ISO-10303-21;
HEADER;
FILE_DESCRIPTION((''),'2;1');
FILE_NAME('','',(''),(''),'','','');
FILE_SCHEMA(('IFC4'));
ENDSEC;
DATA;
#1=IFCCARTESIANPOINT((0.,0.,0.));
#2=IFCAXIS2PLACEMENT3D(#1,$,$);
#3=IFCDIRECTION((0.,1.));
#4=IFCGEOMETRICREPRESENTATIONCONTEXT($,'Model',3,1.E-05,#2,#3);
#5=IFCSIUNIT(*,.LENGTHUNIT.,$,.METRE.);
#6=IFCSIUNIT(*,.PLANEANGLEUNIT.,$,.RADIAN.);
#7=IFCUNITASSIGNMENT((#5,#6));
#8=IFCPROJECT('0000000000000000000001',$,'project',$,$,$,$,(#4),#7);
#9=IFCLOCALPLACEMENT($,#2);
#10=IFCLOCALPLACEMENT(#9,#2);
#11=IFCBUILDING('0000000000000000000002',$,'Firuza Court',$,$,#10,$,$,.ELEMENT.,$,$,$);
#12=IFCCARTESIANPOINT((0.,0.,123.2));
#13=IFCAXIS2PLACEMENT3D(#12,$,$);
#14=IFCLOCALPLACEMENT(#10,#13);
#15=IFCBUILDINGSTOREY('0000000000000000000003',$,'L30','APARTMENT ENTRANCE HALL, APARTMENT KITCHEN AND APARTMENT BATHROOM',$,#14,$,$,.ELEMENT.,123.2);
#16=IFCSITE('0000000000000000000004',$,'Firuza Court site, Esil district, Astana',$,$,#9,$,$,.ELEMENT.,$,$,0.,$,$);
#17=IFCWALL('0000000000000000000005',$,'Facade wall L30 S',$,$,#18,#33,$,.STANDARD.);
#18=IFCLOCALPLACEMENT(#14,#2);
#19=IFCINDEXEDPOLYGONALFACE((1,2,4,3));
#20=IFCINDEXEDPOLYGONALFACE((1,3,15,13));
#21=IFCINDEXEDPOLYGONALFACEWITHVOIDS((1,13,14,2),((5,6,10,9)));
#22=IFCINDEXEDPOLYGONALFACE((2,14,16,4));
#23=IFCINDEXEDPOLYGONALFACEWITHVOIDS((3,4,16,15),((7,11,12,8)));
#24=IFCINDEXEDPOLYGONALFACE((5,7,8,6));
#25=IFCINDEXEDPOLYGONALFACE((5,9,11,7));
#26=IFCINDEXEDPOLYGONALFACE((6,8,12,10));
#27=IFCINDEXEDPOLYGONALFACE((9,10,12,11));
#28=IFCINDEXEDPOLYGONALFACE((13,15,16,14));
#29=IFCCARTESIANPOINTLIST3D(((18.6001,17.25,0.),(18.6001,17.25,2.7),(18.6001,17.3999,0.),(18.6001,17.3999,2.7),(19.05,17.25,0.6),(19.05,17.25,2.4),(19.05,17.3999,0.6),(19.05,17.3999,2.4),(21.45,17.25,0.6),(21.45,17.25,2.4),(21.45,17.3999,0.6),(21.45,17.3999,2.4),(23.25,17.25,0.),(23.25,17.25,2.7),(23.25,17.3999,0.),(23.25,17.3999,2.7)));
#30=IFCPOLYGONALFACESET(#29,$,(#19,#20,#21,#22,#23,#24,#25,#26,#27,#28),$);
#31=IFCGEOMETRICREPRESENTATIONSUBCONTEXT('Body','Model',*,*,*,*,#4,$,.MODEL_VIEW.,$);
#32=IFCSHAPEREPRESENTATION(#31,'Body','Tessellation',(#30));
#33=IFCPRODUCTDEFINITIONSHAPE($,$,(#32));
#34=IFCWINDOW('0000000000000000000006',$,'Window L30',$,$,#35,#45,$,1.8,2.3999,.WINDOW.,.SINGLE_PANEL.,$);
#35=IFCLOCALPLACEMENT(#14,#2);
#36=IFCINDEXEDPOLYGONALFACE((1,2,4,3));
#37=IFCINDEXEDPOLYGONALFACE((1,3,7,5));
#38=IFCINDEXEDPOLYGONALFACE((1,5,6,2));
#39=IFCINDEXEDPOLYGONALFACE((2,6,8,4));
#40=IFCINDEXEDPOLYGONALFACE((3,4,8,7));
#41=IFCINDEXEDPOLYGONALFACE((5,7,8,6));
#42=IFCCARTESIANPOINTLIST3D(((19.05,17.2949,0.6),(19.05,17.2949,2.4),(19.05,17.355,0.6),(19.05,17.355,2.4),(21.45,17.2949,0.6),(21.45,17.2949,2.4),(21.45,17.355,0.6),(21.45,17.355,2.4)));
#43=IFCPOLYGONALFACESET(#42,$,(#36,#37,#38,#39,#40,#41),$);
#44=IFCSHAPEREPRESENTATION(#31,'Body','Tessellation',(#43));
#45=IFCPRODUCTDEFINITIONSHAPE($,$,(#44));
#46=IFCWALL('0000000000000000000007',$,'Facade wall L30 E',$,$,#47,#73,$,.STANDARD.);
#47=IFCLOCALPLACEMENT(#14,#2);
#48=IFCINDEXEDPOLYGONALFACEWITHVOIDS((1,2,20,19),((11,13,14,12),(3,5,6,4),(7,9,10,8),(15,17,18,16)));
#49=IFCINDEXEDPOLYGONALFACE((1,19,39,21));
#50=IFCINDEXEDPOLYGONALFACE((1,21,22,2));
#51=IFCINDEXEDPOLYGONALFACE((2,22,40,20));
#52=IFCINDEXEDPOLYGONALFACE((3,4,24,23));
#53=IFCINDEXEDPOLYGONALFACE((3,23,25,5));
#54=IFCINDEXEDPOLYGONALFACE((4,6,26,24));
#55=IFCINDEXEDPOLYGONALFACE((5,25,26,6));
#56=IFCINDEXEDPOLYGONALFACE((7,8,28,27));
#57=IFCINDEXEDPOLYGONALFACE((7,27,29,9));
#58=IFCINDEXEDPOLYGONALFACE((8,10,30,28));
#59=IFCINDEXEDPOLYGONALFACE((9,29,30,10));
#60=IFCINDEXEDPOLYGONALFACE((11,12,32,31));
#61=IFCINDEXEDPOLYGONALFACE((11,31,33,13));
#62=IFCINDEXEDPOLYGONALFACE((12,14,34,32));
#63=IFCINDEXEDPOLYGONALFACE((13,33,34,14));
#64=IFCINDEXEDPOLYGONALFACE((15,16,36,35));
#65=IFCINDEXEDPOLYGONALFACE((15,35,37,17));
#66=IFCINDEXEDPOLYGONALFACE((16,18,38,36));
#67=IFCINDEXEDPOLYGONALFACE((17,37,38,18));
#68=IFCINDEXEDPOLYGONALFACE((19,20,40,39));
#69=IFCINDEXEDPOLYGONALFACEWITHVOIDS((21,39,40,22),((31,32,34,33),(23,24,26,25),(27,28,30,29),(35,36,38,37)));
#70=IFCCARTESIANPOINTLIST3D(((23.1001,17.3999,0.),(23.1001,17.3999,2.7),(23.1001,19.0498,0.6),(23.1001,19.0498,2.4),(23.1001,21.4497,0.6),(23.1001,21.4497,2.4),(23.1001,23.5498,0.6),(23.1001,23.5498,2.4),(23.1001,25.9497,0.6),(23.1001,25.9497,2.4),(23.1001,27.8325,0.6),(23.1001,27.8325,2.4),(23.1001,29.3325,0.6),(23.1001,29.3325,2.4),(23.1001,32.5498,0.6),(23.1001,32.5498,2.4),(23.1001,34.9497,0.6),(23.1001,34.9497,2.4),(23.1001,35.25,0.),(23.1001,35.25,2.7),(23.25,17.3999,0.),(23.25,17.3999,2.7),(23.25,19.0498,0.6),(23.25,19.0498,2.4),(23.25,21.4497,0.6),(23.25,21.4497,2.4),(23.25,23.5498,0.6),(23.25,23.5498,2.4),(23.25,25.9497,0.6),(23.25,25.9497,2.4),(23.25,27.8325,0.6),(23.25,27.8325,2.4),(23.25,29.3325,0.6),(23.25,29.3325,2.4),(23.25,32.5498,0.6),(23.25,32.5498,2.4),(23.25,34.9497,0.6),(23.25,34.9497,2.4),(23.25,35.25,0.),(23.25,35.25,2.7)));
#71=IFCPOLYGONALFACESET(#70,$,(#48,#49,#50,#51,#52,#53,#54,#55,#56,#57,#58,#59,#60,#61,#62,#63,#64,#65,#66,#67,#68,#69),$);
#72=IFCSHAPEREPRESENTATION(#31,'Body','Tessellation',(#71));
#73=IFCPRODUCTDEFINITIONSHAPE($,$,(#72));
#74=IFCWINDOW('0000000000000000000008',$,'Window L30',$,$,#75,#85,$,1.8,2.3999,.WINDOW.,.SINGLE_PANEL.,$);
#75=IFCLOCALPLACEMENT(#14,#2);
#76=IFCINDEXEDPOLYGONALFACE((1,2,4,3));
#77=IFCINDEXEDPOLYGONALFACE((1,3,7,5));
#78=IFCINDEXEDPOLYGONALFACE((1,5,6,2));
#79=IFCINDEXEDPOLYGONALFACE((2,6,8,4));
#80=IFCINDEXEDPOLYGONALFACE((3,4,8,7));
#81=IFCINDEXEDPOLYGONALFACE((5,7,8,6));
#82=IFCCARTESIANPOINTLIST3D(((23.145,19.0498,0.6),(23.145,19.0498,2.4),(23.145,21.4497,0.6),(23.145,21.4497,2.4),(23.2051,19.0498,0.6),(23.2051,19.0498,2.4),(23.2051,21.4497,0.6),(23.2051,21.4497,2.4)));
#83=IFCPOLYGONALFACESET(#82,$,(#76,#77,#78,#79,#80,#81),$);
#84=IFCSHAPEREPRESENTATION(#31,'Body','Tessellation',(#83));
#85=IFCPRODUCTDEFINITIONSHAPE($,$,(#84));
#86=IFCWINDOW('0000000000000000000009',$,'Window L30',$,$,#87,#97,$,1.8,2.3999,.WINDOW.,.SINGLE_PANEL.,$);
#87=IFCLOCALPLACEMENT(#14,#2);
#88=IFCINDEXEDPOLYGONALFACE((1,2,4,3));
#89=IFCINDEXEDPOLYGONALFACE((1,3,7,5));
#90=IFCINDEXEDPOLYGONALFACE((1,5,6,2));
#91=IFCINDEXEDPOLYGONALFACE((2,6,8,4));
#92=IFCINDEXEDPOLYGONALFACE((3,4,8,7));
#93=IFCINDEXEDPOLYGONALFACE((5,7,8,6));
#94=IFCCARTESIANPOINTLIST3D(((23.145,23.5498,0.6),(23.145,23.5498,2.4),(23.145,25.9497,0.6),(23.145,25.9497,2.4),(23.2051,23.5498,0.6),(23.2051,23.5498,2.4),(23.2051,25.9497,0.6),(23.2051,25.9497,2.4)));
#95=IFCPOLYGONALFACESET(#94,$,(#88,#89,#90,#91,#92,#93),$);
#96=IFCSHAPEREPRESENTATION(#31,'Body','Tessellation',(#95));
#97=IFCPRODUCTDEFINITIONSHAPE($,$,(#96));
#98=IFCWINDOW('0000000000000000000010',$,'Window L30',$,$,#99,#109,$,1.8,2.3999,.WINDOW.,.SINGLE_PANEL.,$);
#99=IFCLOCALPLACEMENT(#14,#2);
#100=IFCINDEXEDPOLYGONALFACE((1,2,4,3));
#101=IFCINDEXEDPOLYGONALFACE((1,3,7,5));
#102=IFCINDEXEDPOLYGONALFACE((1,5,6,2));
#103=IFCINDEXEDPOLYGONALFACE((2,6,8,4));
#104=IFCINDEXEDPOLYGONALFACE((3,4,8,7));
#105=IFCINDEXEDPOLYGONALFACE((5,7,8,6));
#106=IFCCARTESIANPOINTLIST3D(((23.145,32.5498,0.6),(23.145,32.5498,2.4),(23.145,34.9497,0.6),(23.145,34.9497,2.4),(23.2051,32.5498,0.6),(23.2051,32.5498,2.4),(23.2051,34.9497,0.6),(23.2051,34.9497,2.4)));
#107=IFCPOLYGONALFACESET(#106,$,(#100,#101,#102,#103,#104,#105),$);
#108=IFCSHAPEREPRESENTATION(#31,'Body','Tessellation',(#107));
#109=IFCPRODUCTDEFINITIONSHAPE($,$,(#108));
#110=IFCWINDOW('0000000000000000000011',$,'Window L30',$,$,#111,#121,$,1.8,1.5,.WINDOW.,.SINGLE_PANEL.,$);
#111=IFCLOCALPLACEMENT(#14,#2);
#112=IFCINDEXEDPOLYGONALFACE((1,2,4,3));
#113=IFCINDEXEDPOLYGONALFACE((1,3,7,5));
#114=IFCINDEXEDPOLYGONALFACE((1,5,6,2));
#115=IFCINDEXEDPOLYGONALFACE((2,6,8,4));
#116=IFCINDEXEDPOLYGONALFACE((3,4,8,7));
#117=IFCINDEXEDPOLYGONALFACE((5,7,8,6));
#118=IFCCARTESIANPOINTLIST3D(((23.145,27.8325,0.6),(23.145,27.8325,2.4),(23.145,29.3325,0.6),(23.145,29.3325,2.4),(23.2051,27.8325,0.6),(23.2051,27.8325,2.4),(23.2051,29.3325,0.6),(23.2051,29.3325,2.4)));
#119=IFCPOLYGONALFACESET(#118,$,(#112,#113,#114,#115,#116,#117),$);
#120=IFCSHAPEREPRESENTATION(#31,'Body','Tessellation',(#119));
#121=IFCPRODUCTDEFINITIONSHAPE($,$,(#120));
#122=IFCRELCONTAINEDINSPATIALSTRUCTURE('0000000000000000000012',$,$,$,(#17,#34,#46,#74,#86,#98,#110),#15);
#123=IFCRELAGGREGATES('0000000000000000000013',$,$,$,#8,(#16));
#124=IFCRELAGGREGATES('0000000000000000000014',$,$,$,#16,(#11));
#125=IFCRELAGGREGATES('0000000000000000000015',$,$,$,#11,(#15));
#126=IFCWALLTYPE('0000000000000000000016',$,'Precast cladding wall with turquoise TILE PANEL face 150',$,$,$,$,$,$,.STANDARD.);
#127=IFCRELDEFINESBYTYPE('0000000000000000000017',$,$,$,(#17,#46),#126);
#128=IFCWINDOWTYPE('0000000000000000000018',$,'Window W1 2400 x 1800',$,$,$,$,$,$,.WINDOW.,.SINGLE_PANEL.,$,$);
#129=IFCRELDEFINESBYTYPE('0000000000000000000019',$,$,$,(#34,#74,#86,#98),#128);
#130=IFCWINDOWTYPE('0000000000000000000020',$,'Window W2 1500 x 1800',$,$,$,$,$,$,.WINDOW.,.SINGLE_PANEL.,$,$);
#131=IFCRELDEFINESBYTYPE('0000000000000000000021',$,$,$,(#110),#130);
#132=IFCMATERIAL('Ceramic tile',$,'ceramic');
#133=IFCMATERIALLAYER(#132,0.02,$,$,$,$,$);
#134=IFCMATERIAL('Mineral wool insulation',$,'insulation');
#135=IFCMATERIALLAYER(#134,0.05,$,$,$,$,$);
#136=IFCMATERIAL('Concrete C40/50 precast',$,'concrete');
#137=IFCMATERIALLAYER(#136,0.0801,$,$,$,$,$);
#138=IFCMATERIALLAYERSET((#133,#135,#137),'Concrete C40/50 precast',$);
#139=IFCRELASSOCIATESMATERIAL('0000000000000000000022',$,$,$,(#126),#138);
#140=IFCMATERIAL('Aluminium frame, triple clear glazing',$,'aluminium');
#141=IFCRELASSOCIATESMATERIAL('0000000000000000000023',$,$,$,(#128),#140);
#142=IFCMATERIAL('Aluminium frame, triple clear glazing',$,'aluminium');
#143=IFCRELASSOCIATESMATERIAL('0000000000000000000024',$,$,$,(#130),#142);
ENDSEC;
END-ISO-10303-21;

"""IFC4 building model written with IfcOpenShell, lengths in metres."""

from ifc_helpers import new_model, si_unit, direction, frame, frame_2d, origin, place, context, subcontext, project, spatial, rectangle, extrude, material, layer, layer_set, type_object, element, fill, save


model = new_model("IFC4")

# Units and contexts
model_context = context("Model", 3, precision=1e-05, world=origin(), true_north=direction((0.0, 1.0)))
body_context = subcontext(model_context, "Body", "Model", "MODEL_VIEW")
ifc_project = project(units=[si_unit("LENGTHUNIT", "METRE"), si_unit("PLANEANGLEUNIT", "RADIAN")], contexts=[model_context])

# Site, building, storey
site_placement = place(None, origin())
site = spatial("IfcSite", under=ifc_project, at=site_placement, Name="Firuza Court site, Esil district, Astana", CompositionType="ELEMENT", RefElevation=0.0)
building_placement = place(site_placement, origin())
building = spatial("IfcBuilding", under=site, at=building_placement, Name="Firuza Court", CompositionType="ELEMENT")
storey_placement = place(building_placement, frame((0.0, 0.0, 123.2)))
storey = spatial("IfcBuildingStorey", under=building, at=storey_placement, Name="L30", Description="APARTMENT ENTRANCE HALL, APARTMENT KITCHEN AND APARTMENT BATHROOM", CompositionType="ELEMENT", Elevation=123.2)

# Shared definitions
ifc_material_1 = material(Name="Ceramic tile", Category="ceramic")
ifc_layer_1 = layer(ifc_material_1, 0.02)
ifc_material_2 = material(Name="Mineral wool insulation", Category="insulation")
ifc_layer_2 = layer(ifc_material_2, 0.05)
ifc_material_3 = material(Name="Concrete C40/50 precast", Category="concrete")
ifc_layer_3 = layer(ifc_material_3, 0.0801)
ifc_layer_set_1 = layer_set([ifc_layer_1, ifc_layer_2, ifc_layer_3], Name="Concrete C40/50 precast")
wall_type_1 = type_object("IfcWallType", Name="Precast cladding wall with turquoise TILE PANEL face 150", PredefinedType="STANDARD", material=ifc_layer_set_1)
ifc_material_4 = material(Name="Aluminium frame, triple clear glazing", Category="aluminium")
window_type_1 = type_object("IfcWindowType", Name="Window W1 2400 x 1800", PartitioningType="SINGLE_PANEL", PredefinedType="WINDOW", material=ifc_material_4)

# Wall, opening, window
wall_1_placement = place(storey_placement, frame((18.6001, 17.325, 0.0), z_axis=(0.0, 0.0, 1.0), x_axis=(1.0, 0.0, 0.0)))
wall_1 = element("IfcWall", 1, at=wall_1_placement, inside=storey, type_object=wall_type_1, Name="Facade wall L30 S", PredefinedType="STANDARD", context=body_context, shape_type="SweptSolid", body=[
    extrude(rectangle(XDim=4.6499, YDim=0.1499, at=frame_2d((2.325, 0.0))), origin(), (0.0, 0.0, 1.0), 2.7),
])
opening_1_placement = place(wall_1_placement, frame((0.45, 0.0, 0.6001)))
opening_1 = element("IfcOpeningElement", 2, at=opening_1_placement, cuts=wall_1, PredefinedType="OPENING", context=body_context, shape_type="SweptSolid", body=[
    extrude(rectangle(XDim=2.3999, YDim=1.8, at=frame_2d((1.2, 0.8999))), frame((0.0, 0.0869, 0.0), z_axis=(0.0, -1.0, 0.0), x_axis=(1.0, 0.0, 0.0)), (0.0, 0.0, 1.0), 0.1738),
])
window_1_placement = place(opening_1_placement, origin())
window_1 = element("IfcWindow", 3, at=window_1_placement, inside=storey, type_object=window_type_1, Name="Window L30", OverallHeight=1.8, OverallWidth=2.3999, PartitioningType="SINGLE_PANEL", PredefinedType="WINDOW", context=body_context, shape_type="SweptSolid", body=[
    extrude(rectangle(XDim=2.3999, YDim=1.8, at=frame_2d((1.2, 0.8999))), frame((0.0, 0.03, 0.0), z_axis=(0.0, -1.0, 0.0), x_axis=(1.0, 0.0, 0.0)), (0.0, 0.0, 1.0), 0.0601),
])
fill(opening_1, window_1)

# Wall, openings, windows
wall_2_placement = place(storey_placement, frame((23.175, 17.3999, 0.0), z_axis=(0.0, 0.0, 1.0), x_axis=(0.0, 1.0, 0.0)))
wall_2 = element("IfcWall", 4, at=wall_2_placement, inside=storey, type_object=wall_type_1, Name="Facade wall L30 E", PredefinedType="STANDARD", context=body_context, shape_type="SweptSolid", body=[
    extrude(rectangle(XDim=17.8501, YDim=0.1499, at=frame_2d((8.925, 0.0))), origin(), (0.0, 0.0, 1.0), 2.7),
])
opening_2_placement = place(wall_2_placement, frame((1.6499, 0.0, 0.6001)))
opening_2 = element("IfcOpeningElement", 5, at=opening_2_placement, cuts=wall_2, PredefinedType="OPENING", context=body_context, shape_type="SweptSolid", body=[
    extrude(rectangle(XDim=2.3999, YDim=1.8, at=frame_2d((1.2, 0.8999))), frame((0.0, 0.0869, 0.0), z_axis=(0.0, -1.0, 0.0), x_axis=(1.0, 0.0, 0.0)), (0.0, 0.0, 1.0), 0.1738),
])
opening_3_placement = place(wall_2_placement, frame((6.1499, 0.0, 0.6001)))
opening_3 = element("IfcOpeningElement", 6, at=opening_3_placement, cuts=wall_2, PredefinedType="OPENING", context=body_context, shape_type="SweptSolid", body=[
    extrude(rectangle(XDim=2.3999, YDim=1.8, at=frame_2d((1.2, 0.8999))), frame((0.0, 0.0869, 0.0), z_axis=(0.0, -1.0, 0.0), x_axis=(1.0, 0.0, 0.0)), (0.0, 0.0, 1.0), 0.1738),
])
opening_4_placement = place(wall_2_placement, frame((10.4326, 0.0, 0.6001)))
opening_4 = element("IfcOpeningElement", 7, at=opening_4_placement, cuts=wall_2, PredefinedType="OPENING", context=body_context, shape_type="SweptSolid", body=[
    extrude(rectangle(XDim=1.5, YDim=1.8, at=frame_2d((0.75, 0.8999))), frame((0.0, 0.0869, 0.0), z_axis=(0.0, -1.0, 0.0), x_axis=(1.0, 0.0, 0.0)), (0.0, 0.0, 1.0), 0.1738),
])
opening_5_placement = place(wall_2_placement, frame((15.1499, 0.0, 0.6001)))
opening_5 = element("IfcOpeningElement", 8, at=opening_5_placement, cuts=wall_2, PredefinedType="OPENING", context=body_context, shape_type="SweptSolid", body=[
    extrude(rectangle(XDim=2.3999, YDim=1.8, at=frame_2d((1.2, 0.8999))), frame((0.0, 0.0869, 0.0), z_axis=(0.0, -1.0, 0.0), x_axis=(1.0, 0.0, 0.0)), (0.0, 0.0, 1.0), 0.1738),
])
window_2_placement = place(opening_2_placement, origin())
window_2 = element("IfcWindow", 9, at=window_2_placement, inside=storey, type_object=window_type_1, Name="Window L30", OverallHeight=1.8, OverallWidth=2.3999, PartitioningType="SINGLE_PANEL", PredefinedType="WINDOW", context=body_context, shape_type="SweptSolid", body=[
    extrude(rectangle(XDim=2.3999, YDim=1.8, at=frame_2d((1.2, 0.8999))), frame((0.0, 0.03, 0.0), z_axis=(0.0, -1.0, 0.0), x_axis=(1.0, 0.0, 0.0)), (0.0, 0.0, 1.0), 0.0601),
])
fill(opening_2, window_2)
window_3_placement = place(opening_3_placement, origin())
window_3 = element("IfcWindow", 10, at=window_3_placement, inside=storey, type_object=window_type_1, Name="Window L30", OverallHeight=1.8, OverallWidth=2.3999, PartitioningType="SINGLE_PANEL", PredefinedType="WINDOW", context=body_context, shape_type="SweptSolid", body=[
    extrude(rectangle(XDim=2.3999, YDim=1.8, at=frame_2d((1.2, 0.8999))), frame((0.0, 0.03, 0.0), z_axis=(0.0, -1.0, 0.0), x_axis=(1.0, 0.0, 0.0)), (0.0, 0.0, 1.0), 0.0601),
])
fill(opening_3, window_3)
window_4_placement = place(opening_5_placement, origin())
window_4 = element("IfcWindow", 11, at=window_4_placement, inside=storey, type_object=window_type_1, Name="Window L30", OverallHeight=1.8, OverallWidth=2.3999, PartitioningType="SINGLE_PANEL", PredefinedType="WINDOW", context=body_context, shape_type="SweptSolid", body=[
    extrude(rectangle(XDim=2.3999, YDim=1.8, at=frame_2d((1.2, 0.8999))), frame((0.0, 0.03, 0.0), z_axis=(0.0, -1.0, 0.0), x_axis=(1.0, 0.0, 0.0)), (0.0, 0.0, 1.0), 0.0601),
])
fill(opening_5, window_4)
ifc_material_5 = material(Name="Aluminium frame, triple clear glazing", Category="aluminium")
window_type_2 = type_object("IfcWindowType", Name="Window W2 1500 x 1800", PartitioningType="SINGLE_PANEL", PredefinedType="WINDOW", material=ifc_material_5)
window_5_placement = place(opening_4_placement, origin())
window_5 = element("IfcWindow", 12, at=window_5_placement, inside=storey, type_object=window_type_2, Name="Window L30", OverallHeight=1.8, OverallWidth=1.5, PartitioningType="SINGLE_PANEL", PredefinedType="WINDOW", context=body_context, shape_type="SweptSolid", body=[
    extrude(rectangle(XDim=1.5, YDim=1.8, at=frame_2d((0.75, 0.8999))), frame((0.0, 0.03, 0.0), z_axis=(0.0, -1.0, 0.0), x_axis=(1.0, 0.0, 0.0)), (0.0, 0.0, 1.0), 0.0601),
])
fill(opening_4, window_5)

save(model, "model.ifc")
